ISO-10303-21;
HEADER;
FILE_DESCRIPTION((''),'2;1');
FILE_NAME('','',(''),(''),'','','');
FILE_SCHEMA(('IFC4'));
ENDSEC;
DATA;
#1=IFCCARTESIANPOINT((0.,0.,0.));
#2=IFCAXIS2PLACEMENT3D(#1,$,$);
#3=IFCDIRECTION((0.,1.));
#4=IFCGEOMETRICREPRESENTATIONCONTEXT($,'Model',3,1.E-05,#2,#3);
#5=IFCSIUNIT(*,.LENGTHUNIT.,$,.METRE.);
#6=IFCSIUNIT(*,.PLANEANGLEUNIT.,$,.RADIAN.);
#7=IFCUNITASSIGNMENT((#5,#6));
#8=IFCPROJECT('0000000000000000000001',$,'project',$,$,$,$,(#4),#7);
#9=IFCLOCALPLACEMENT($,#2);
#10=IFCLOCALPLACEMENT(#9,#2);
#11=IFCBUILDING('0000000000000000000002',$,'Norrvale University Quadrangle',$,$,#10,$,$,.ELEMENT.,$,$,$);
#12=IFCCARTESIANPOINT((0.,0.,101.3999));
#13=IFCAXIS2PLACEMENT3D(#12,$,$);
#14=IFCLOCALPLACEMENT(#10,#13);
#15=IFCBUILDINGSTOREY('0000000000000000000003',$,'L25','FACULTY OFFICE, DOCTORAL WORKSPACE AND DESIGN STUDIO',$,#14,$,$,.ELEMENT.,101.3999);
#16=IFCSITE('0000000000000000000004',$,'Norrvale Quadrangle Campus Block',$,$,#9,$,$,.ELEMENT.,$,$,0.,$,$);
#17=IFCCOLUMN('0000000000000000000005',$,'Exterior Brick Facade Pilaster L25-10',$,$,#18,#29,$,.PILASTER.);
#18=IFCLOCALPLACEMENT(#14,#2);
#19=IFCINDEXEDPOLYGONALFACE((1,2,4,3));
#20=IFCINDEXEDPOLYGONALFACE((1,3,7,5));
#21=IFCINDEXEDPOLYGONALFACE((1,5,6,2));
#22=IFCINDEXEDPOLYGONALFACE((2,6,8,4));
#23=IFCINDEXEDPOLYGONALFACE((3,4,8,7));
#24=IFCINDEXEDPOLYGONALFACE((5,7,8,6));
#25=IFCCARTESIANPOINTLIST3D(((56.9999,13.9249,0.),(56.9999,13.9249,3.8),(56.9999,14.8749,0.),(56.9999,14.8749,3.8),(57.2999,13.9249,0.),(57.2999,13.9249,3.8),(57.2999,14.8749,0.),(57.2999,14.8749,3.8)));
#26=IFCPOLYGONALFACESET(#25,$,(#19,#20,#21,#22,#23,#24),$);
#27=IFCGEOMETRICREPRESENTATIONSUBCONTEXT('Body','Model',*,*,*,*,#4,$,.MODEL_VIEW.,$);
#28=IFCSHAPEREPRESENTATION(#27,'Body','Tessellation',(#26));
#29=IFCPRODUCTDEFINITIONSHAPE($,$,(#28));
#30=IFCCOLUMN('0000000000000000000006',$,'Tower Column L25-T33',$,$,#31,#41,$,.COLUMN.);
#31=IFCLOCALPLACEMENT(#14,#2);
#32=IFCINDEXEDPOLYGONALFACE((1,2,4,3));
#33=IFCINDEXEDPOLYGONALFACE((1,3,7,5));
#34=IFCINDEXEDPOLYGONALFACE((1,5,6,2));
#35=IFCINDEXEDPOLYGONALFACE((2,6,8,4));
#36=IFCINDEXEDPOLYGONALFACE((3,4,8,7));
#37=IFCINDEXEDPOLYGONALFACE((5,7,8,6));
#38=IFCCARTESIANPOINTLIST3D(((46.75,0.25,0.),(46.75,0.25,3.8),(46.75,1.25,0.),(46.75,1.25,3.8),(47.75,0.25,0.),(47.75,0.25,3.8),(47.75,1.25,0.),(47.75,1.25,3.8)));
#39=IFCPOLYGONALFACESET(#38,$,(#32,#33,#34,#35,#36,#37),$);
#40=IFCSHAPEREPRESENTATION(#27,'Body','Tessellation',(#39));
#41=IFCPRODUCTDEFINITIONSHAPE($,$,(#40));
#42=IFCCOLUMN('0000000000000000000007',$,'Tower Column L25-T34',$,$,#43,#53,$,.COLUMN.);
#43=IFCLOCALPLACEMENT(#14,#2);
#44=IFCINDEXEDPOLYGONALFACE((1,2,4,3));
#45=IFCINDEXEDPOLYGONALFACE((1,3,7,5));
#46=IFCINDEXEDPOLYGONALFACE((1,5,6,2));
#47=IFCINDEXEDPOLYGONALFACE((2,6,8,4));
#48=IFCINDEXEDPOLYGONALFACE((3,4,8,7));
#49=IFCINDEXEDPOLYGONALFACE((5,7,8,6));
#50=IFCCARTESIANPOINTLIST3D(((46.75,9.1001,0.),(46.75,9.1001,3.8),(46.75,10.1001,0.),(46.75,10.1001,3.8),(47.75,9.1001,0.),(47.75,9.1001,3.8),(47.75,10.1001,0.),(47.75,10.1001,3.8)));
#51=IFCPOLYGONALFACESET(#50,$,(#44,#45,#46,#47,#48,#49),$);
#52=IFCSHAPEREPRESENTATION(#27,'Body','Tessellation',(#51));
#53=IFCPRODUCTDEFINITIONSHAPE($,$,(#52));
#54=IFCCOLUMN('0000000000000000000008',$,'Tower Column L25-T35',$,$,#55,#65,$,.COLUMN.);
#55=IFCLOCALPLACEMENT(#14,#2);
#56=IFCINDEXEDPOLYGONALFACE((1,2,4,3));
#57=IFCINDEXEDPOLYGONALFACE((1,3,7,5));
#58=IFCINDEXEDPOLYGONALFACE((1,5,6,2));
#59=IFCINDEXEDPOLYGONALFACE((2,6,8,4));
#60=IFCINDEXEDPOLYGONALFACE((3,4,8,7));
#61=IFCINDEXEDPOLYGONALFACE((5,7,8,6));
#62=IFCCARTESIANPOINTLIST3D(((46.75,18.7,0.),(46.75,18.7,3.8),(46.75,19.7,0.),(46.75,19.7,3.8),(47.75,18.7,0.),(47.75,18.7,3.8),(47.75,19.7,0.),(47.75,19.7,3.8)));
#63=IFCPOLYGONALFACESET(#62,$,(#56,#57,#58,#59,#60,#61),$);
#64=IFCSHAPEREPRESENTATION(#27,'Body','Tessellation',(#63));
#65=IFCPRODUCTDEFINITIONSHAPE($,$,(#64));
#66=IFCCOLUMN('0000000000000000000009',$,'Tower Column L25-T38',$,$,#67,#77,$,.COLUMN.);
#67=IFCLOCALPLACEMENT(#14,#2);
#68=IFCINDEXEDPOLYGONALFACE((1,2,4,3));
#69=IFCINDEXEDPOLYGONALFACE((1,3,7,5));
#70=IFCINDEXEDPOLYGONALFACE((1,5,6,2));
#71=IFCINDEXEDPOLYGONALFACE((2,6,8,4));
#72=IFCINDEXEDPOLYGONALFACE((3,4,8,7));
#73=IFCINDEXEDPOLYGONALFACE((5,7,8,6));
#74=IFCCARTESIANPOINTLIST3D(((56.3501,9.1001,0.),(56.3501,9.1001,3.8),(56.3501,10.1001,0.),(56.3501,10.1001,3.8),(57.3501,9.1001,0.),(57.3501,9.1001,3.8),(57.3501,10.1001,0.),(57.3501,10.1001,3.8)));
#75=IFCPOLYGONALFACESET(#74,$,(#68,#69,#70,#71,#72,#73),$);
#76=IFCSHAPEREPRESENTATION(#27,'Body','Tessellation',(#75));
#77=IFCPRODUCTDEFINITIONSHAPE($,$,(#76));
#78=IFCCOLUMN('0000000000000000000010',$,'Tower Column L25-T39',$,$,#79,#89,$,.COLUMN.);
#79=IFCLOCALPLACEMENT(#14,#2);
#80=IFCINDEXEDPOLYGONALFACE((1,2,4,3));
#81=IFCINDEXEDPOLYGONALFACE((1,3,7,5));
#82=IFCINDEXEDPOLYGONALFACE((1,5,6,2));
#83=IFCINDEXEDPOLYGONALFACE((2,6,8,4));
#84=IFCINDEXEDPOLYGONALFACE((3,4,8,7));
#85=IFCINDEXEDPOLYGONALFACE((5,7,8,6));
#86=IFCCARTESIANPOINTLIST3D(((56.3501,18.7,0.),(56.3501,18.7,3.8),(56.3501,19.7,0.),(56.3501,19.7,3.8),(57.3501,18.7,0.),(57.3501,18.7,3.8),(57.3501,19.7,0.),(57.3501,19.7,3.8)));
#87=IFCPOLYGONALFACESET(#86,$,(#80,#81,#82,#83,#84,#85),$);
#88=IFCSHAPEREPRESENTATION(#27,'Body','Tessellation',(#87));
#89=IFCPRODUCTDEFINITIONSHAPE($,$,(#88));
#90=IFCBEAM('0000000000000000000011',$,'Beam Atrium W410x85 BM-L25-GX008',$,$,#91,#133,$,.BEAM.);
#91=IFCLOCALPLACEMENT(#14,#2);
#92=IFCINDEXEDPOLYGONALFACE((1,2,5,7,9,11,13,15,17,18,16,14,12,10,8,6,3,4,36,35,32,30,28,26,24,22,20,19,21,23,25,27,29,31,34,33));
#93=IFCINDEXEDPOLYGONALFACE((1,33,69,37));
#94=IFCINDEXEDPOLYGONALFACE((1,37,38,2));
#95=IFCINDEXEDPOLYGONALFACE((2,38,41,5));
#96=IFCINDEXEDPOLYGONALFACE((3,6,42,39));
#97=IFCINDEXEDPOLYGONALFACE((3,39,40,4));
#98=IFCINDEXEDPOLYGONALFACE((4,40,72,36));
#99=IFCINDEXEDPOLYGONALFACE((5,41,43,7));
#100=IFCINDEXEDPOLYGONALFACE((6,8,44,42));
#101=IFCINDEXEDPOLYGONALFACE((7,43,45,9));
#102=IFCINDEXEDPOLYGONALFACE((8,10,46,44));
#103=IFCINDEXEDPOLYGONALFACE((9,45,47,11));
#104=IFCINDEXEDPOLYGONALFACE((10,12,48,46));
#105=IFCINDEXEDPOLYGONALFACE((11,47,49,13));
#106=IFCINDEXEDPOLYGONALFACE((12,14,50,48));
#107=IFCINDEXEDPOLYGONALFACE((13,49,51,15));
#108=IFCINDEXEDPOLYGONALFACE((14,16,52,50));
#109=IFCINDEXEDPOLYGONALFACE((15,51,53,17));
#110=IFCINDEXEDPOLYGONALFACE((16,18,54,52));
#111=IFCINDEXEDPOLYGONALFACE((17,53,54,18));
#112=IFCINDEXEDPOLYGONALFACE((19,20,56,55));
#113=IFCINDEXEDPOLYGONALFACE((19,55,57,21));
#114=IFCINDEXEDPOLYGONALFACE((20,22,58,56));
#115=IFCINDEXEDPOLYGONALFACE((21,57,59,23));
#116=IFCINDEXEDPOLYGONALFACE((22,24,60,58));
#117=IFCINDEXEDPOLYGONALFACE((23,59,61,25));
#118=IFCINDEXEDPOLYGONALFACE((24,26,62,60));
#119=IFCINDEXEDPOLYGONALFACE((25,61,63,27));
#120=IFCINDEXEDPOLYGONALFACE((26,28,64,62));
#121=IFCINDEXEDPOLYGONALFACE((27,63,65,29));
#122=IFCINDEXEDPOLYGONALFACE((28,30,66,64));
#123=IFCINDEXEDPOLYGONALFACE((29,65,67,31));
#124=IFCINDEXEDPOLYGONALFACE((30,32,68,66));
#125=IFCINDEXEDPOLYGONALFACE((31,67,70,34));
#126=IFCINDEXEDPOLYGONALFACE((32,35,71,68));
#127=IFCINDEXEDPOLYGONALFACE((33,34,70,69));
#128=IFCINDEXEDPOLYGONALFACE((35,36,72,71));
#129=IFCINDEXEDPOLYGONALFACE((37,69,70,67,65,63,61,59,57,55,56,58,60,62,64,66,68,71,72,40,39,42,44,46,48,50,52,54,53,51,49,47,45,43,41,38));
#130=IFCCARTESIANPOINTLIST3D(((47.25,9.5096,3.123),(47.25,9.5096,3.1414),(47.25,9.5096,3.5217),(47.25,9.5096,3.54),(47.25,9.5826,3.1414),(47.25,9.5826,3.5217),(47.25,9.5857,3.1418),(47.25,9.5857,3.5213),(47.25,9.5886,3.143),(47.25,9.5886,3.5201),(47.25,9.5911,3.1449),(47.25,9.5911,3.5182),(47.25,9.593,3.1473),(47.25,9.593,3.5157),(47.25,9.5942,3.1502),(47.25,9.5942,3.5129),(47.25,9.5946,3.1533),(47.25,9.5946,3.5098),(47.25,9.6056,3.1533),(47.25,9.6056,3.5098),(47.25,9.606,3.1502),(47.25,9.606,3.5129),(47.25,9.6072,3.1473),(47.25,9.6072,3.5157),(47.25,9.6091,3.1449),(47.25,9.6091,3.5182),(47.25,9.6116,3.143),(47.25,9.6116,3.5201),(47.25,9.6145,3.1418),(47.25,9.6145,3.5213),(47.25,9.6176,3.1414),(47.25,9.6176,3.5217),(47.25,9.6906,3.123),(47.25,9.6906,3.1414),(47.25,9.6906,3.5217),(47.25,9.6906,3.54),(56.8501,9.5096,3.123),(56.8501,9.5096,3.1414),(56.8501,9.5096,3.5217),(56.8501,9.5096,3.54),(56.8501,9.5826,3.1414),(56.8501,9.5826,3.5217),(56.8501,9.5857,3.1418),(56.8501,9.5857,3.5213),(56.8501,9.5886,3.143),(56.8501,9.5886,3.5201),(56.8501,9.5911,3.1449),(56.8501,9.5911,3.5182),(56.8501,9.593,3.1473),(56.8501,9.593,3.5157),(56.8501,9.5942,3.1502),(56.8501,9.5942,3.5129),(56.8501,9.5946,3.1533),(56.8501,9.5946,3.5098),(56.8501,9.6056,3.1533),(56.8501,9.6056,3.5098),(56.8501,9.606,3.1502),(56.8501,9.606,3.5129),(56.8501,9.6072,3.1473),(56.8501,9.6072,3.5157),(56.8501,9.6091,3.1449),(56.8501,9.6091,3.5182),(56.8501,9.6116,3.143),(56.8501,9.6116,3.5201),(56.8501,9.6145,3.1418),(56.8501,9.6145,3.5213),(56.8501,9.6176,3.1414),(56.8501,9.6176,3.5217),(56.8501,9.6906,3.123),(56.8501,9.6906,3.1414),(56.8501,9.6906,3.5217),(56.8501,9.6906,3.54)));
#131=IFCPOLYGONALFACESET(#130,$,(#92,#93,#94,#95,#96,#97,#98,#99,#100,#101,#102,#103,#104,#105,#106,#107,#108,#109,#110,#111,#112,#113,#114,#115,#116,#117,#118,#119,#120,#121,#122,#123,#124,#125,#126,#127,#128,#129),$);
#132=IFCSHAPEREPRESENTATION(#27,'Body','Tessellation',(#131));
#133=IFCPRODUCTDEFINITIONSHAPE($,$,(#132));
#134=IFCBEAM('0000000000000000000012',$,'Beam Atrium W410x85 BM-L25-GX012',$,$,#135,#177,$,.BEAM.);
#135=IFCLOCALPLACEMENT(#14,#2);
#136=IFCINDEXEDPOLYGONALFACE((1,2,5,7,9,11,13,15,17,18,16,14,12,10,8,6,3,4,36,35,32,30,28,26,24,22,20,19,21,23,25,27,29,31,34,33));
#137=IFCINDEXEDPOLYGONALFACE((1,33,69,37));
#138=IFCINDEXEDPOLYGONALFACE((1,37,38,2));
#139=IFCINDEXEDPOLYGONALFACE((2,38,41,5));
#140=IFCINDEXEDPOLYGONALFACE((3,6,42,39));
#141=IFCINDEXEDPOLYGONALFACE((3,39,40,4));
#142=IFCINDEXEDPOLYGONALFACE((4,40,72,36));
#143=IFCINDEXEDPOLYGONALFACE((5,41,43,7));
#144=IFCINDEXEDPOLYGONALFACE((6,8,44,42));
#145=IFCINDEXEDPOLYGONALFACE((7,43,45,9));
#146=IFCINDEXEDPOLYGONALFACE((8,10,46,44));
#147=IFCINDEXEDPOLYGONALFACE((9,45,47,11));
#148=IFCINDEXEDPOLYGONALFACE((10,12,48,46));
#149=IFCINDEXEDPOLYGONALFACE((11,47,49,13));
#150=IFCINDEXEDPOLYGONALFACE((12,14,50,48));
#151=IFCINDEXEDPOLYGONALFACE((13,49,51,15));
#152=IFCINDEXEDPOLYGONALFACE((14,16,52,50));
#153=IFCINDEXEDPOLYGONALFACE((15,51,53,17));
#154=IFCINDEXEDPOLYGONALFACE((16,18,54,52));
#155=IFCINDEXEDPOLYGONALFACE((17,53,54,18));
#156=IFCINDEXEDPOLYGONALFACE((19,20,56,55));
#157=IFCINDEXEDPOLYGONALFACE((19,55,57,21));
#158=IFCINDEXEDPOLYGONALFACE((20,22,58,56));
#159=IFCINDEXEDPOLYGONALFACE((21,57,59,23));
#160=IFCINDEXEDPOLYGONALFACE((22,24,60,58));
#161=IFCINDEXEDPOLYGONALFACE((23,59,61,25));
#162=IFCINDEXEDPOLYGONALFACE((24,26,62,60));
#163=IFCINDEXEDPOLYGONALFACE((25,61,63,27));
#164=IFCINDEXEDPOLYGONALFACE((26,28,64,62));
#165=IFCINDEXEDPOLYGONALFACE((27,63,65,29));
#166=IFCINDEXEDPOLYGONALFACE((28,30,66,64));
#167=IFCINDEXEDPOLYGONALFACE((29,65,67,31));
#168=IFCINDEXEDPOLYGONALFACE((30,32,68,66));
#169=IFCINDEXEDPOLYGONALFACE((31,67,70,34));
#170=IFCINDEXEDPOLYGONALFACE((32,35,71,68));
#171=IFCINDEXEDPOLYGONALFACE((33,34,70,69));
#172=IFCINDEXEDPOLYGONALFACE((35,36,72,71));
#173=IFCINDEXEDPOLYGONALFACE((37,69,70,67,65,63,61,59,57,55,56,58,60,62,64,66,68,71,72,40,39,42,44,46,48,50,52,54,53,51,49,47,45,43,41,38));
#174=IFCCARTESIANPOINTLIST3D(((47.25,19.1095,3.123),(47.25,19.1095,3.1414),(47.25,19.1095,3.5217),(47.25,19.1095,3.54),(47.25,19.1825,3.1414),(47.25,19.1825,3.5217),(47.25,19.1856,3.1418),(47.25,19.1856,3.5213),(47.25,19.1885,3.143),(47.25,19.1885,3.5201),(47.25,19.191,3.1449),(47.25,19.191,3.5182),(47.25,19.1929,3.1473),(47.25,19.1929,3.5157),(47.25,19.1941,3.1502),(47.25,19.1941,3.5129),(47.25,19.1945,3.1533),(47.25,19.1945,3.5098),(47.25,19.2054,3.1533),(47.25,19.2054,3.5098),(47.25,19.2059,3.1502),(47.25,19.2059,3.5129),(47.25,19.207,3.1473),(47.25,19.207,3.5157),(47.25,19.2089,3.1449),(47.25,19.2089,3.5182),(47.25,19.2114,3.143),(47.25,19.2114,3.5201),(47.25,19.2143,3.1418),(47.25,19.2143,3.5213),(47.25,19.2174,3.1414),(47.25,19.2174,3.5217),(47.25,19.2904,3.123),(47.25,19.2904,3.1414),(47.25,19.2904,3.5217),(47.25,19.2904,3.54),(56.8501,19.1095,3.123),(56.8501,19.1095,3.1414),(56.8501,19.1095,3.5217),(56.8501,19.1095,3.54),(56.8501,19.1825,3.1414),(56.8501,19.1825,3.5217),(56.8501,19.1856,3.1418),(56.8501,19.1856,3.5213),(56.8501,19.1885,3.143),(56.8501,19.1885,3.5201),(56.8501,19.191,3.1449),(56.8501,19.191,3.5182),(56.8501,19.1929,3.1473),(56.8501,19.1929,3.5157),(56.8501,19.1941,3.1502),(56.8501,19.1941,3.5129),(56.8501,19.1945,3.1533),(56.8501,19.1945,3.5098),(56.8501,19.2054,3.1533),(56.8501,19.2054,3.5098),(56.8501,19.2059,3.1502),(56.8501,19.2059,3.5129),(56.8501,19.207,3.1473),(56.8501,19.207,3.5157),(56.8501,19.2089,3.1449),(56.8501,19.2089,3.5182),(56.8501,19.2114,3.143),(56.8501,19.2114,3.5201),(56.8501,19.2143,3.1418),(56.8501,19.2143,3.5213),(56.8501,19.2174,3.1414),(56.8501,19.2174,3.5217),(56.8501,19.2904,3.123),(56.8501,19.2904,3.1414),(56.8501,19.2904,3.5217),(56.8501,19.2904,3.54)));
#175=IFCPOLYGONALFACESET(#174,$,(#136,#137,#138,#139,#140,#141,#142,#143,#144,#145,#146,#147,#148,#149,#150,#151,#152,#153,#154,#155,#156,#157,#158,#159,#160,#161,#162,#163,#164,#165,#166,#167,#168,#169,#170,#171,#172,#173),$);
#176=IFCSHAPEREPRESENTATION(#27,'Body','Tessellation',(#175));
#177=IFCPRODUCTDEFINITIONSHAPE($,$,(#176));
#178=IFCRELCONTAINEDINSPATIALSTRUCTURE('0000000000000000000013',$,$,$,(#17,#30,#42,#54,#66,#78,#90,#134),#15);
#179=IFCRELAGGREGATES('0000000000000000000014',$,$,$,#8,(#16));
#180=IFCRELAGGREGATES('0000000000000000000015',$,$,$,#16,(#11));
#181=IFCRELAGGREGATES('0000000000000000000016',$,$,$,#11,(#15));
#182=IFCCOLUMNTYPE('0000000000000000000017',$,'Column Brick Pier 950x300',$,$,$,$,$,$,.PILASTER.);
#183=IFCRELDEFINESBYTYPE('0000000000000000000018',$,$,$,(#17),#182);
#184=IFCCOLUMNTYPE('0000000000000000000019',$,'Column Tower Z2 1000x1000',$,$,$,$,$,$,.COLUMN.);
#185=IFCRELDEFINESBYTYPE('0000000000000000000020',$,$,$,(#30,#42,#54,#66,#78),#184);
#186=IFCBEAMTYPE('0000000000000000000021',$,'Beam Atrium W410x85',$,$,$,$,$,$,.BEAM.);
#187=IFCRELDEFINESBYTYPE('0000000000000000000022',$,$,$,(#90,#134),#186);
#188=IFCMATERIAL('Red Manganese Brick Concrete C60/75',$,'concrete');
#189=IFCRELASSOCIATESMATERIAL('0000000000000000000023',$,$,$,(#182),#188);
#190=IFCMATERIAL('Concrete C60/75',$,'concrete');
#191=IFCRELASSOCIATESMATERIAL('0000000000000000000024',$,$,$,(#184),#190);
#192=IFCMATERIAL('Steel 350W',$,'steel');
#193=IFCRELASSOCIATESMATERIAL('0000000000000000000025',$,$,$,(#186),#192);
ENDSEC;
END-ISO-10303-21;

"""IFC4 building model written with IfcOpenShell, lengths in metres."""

from ifc_helpers import new_model, si_unit, direction, frame, origin, origin_2d, place, context, subcontext, project, spatial, rectangle, i_section, extrude, material, material_profile, profile_set, type_object, element, save


model = new_model("IFC4")

# Units and contexts
model_context = context("Model", 3, precision=1e-05, world=origin(), true_north=direction((0.0, 1.0)))
body_context = subcontext(model_context, "Body", "Model", "MODEL_VIEW")
ifc_project = project(units=[si_unit("LENGTHUNIT", "METRE"), si_unit("PLANEANGLEUNIT", "RADIAN")], contexts=[model_context])

# Site, building, storey
site_placement = place(None, origin())
site = spatial("IfcSite", under=ifc_project, at=site_placement, Name="Norrvale Quadrangle Campus Block", CompositionType="ELEMENT", RefElevation=0.0)
building_placement = place(site_placement, origin())
building = spatial("IfcBuilding", under=site, at=building_placement, Name="Norrvale University Quadrangle", CompositionType="ELEMENT")
storey_placement = place(building_placement, frame((0.0, 0.0, 101.3999)))
storey = spatial("IfcBuildingStorey", under=building, at=storey_placement, Name="L25", Description="FACULTY OFFICE, DOCTORAL WORKSPACE AND DESIGN STUDIO", CompositionType="ELEMENT", Elevation=101.3999)

# Columns
ifc_material_1 = material(Name="Red Manganese Brick Concrete C60/75", Category="concrete")
ifc_material_profile_1 = material_profile(ifc_material_1, rectangle(XDim=0.95, YDim=0.3, at=origin_2d()), Name="Red Manganese Brick Concrete C60/75")
ifc_profile_set_1 = profile_set([ifc_material_profile_1], Name="Red Manganese Brick Concrete C60/75")
column_type_1 = type_object("IfcColumnType", Name="Column Brick Pier 950x300", PredefinedType="PILASTER", material=ifc_profile_set_1)
column_placement = place(storey_placement, frame((57.1499, 14.3999, 0.0), z_axis=(0.0, 0.0, 1.0), x_axis=(0.0, 1.0, 0.0)))
element("IfcColumn", 1, at=column_placement, inside=storey, type_object=column_type_1, Name="Exterior Brick Facade Pilaster L25-10", PredefinedType="PILASTER", context=body_context, shape_type="SweptSolid", body=[
    extrude(rectangle(XDim=0.95, YDim=0.3, at=origin_2d()), origin(), (0.0, 0.0, 1.0), 3.8),
])
ifc_material_2 = material(Name="Concrete C60/75", Category="concrete")
ifc_material_profile_2 = material_profile(ifc_material_2, rectangle(XDim=1.0, YDim=1.0, at=origin_2d()), Name="Concrete C60/75")
ifc_profile_set_2 = profile_set([ifc_material_profile_2], Name="Concrete C60/75")
column_type_2 = type_object("IfcColumnType", Name="Column Tower Z2 1000x1000", PredefinedType="COLUMN", material=ifc_profile_set_2)
for number, where, z_axis, x_axis, name in (
    (2, (47.25, 0.75, 0.0), (0.0, 0.0, 1.0), (1.0, 0.0, 0.0), "Tower Column L25-T33"),
    (3, (47.25, 9.6001, 0.0), (0.0, 0.0, 1.0), (1.0, 0.0, 0.0), "Tower Column L25-T34"),
    (4, (47.25, 19.2, 0.0), (0.0, 0.0, 1.0), (1.0, 0.0, 0.0), "Tower Column L25-T35"),
    (5, (56.8501, 9.6001, 0.0), (0.0, 0.0, 1.0), (1.0, 0.0, 0.0), "Tower Column L25-T38"),
    (6, (56.8501, 19.2, 0.0), (0.0, 0.0, 1.0), (1.0, 0.0, 0.0), "Tower Column L25-T39"),
):
    element("IfcColumn", number, at=place(storey_placement, frame(where, z_axis=z_axis, x_axis=x_axis)), inside=storey, type_object=column_type_2, Name=name, PredefinedType="COLUMN", context=body_context, shape_type="SweptSolid", body=[
        extrude(rectangle(XDim=1.0, YDim=1.0, at=origin_2d()), origin(), (0.0, 0.0, 1.0), 3.8),
    ])

# Beams
ifc_material_3 = material(Name="Steel 350W", Category="steel")
ifc_material_profile_3 = material_profile(ifc_material_3, i_section(OverallWidth=0.1809, OverallDepth=0.417, WebThickness=0.011, FlangeThickness=0.0183, FilletRadius=0.012, at=origin_2d()), Name="Steel 350W")
ifc_profile_set_3 = profile_set([ifc_material_profile_3], Name="Steel 350W")
beam_type_1 = type_object("IfcBeamType", Name="Beam Atrium W410x85", PredefinedType="BEAM", material=ifc_profile_set_3)
for number, where, z_axis, x_axis, name in (
    (7, (47.25, 9.6001, 3.3315), (1.0, 0.0, 0.0), (0.0, 1.0, 0.0), "Beam Atrium W410x85 BM-L25-GX008"),
    (8, (47.25, 19.2, 3.3315), (1.0, 0.0, 0.0), (0.0, 1.0, 0.0), "Beam Atrium W410x85 BM-L25-GX012"),
):
    element("IfcBeam", number, at=place(storey_placement, frame(where, z_axis=z_axis, x_axis=x_axis)), inside=storey, type_object=beam_type_1, Name=name, PredefinedType="BEAM", context=body_context, shape_type="SweptSolid", body=[
        extrude(i_section(OverallWidth=0.1809, OverallDepth=0.417, WebThickness=0.011, FlangeThickness=0.0183, FilletRadius=0.012, at=origin_2d()), origin(), (0.0, 0.0, 1.0), 9.6001),
    ])

save(model, "model.ifc")
